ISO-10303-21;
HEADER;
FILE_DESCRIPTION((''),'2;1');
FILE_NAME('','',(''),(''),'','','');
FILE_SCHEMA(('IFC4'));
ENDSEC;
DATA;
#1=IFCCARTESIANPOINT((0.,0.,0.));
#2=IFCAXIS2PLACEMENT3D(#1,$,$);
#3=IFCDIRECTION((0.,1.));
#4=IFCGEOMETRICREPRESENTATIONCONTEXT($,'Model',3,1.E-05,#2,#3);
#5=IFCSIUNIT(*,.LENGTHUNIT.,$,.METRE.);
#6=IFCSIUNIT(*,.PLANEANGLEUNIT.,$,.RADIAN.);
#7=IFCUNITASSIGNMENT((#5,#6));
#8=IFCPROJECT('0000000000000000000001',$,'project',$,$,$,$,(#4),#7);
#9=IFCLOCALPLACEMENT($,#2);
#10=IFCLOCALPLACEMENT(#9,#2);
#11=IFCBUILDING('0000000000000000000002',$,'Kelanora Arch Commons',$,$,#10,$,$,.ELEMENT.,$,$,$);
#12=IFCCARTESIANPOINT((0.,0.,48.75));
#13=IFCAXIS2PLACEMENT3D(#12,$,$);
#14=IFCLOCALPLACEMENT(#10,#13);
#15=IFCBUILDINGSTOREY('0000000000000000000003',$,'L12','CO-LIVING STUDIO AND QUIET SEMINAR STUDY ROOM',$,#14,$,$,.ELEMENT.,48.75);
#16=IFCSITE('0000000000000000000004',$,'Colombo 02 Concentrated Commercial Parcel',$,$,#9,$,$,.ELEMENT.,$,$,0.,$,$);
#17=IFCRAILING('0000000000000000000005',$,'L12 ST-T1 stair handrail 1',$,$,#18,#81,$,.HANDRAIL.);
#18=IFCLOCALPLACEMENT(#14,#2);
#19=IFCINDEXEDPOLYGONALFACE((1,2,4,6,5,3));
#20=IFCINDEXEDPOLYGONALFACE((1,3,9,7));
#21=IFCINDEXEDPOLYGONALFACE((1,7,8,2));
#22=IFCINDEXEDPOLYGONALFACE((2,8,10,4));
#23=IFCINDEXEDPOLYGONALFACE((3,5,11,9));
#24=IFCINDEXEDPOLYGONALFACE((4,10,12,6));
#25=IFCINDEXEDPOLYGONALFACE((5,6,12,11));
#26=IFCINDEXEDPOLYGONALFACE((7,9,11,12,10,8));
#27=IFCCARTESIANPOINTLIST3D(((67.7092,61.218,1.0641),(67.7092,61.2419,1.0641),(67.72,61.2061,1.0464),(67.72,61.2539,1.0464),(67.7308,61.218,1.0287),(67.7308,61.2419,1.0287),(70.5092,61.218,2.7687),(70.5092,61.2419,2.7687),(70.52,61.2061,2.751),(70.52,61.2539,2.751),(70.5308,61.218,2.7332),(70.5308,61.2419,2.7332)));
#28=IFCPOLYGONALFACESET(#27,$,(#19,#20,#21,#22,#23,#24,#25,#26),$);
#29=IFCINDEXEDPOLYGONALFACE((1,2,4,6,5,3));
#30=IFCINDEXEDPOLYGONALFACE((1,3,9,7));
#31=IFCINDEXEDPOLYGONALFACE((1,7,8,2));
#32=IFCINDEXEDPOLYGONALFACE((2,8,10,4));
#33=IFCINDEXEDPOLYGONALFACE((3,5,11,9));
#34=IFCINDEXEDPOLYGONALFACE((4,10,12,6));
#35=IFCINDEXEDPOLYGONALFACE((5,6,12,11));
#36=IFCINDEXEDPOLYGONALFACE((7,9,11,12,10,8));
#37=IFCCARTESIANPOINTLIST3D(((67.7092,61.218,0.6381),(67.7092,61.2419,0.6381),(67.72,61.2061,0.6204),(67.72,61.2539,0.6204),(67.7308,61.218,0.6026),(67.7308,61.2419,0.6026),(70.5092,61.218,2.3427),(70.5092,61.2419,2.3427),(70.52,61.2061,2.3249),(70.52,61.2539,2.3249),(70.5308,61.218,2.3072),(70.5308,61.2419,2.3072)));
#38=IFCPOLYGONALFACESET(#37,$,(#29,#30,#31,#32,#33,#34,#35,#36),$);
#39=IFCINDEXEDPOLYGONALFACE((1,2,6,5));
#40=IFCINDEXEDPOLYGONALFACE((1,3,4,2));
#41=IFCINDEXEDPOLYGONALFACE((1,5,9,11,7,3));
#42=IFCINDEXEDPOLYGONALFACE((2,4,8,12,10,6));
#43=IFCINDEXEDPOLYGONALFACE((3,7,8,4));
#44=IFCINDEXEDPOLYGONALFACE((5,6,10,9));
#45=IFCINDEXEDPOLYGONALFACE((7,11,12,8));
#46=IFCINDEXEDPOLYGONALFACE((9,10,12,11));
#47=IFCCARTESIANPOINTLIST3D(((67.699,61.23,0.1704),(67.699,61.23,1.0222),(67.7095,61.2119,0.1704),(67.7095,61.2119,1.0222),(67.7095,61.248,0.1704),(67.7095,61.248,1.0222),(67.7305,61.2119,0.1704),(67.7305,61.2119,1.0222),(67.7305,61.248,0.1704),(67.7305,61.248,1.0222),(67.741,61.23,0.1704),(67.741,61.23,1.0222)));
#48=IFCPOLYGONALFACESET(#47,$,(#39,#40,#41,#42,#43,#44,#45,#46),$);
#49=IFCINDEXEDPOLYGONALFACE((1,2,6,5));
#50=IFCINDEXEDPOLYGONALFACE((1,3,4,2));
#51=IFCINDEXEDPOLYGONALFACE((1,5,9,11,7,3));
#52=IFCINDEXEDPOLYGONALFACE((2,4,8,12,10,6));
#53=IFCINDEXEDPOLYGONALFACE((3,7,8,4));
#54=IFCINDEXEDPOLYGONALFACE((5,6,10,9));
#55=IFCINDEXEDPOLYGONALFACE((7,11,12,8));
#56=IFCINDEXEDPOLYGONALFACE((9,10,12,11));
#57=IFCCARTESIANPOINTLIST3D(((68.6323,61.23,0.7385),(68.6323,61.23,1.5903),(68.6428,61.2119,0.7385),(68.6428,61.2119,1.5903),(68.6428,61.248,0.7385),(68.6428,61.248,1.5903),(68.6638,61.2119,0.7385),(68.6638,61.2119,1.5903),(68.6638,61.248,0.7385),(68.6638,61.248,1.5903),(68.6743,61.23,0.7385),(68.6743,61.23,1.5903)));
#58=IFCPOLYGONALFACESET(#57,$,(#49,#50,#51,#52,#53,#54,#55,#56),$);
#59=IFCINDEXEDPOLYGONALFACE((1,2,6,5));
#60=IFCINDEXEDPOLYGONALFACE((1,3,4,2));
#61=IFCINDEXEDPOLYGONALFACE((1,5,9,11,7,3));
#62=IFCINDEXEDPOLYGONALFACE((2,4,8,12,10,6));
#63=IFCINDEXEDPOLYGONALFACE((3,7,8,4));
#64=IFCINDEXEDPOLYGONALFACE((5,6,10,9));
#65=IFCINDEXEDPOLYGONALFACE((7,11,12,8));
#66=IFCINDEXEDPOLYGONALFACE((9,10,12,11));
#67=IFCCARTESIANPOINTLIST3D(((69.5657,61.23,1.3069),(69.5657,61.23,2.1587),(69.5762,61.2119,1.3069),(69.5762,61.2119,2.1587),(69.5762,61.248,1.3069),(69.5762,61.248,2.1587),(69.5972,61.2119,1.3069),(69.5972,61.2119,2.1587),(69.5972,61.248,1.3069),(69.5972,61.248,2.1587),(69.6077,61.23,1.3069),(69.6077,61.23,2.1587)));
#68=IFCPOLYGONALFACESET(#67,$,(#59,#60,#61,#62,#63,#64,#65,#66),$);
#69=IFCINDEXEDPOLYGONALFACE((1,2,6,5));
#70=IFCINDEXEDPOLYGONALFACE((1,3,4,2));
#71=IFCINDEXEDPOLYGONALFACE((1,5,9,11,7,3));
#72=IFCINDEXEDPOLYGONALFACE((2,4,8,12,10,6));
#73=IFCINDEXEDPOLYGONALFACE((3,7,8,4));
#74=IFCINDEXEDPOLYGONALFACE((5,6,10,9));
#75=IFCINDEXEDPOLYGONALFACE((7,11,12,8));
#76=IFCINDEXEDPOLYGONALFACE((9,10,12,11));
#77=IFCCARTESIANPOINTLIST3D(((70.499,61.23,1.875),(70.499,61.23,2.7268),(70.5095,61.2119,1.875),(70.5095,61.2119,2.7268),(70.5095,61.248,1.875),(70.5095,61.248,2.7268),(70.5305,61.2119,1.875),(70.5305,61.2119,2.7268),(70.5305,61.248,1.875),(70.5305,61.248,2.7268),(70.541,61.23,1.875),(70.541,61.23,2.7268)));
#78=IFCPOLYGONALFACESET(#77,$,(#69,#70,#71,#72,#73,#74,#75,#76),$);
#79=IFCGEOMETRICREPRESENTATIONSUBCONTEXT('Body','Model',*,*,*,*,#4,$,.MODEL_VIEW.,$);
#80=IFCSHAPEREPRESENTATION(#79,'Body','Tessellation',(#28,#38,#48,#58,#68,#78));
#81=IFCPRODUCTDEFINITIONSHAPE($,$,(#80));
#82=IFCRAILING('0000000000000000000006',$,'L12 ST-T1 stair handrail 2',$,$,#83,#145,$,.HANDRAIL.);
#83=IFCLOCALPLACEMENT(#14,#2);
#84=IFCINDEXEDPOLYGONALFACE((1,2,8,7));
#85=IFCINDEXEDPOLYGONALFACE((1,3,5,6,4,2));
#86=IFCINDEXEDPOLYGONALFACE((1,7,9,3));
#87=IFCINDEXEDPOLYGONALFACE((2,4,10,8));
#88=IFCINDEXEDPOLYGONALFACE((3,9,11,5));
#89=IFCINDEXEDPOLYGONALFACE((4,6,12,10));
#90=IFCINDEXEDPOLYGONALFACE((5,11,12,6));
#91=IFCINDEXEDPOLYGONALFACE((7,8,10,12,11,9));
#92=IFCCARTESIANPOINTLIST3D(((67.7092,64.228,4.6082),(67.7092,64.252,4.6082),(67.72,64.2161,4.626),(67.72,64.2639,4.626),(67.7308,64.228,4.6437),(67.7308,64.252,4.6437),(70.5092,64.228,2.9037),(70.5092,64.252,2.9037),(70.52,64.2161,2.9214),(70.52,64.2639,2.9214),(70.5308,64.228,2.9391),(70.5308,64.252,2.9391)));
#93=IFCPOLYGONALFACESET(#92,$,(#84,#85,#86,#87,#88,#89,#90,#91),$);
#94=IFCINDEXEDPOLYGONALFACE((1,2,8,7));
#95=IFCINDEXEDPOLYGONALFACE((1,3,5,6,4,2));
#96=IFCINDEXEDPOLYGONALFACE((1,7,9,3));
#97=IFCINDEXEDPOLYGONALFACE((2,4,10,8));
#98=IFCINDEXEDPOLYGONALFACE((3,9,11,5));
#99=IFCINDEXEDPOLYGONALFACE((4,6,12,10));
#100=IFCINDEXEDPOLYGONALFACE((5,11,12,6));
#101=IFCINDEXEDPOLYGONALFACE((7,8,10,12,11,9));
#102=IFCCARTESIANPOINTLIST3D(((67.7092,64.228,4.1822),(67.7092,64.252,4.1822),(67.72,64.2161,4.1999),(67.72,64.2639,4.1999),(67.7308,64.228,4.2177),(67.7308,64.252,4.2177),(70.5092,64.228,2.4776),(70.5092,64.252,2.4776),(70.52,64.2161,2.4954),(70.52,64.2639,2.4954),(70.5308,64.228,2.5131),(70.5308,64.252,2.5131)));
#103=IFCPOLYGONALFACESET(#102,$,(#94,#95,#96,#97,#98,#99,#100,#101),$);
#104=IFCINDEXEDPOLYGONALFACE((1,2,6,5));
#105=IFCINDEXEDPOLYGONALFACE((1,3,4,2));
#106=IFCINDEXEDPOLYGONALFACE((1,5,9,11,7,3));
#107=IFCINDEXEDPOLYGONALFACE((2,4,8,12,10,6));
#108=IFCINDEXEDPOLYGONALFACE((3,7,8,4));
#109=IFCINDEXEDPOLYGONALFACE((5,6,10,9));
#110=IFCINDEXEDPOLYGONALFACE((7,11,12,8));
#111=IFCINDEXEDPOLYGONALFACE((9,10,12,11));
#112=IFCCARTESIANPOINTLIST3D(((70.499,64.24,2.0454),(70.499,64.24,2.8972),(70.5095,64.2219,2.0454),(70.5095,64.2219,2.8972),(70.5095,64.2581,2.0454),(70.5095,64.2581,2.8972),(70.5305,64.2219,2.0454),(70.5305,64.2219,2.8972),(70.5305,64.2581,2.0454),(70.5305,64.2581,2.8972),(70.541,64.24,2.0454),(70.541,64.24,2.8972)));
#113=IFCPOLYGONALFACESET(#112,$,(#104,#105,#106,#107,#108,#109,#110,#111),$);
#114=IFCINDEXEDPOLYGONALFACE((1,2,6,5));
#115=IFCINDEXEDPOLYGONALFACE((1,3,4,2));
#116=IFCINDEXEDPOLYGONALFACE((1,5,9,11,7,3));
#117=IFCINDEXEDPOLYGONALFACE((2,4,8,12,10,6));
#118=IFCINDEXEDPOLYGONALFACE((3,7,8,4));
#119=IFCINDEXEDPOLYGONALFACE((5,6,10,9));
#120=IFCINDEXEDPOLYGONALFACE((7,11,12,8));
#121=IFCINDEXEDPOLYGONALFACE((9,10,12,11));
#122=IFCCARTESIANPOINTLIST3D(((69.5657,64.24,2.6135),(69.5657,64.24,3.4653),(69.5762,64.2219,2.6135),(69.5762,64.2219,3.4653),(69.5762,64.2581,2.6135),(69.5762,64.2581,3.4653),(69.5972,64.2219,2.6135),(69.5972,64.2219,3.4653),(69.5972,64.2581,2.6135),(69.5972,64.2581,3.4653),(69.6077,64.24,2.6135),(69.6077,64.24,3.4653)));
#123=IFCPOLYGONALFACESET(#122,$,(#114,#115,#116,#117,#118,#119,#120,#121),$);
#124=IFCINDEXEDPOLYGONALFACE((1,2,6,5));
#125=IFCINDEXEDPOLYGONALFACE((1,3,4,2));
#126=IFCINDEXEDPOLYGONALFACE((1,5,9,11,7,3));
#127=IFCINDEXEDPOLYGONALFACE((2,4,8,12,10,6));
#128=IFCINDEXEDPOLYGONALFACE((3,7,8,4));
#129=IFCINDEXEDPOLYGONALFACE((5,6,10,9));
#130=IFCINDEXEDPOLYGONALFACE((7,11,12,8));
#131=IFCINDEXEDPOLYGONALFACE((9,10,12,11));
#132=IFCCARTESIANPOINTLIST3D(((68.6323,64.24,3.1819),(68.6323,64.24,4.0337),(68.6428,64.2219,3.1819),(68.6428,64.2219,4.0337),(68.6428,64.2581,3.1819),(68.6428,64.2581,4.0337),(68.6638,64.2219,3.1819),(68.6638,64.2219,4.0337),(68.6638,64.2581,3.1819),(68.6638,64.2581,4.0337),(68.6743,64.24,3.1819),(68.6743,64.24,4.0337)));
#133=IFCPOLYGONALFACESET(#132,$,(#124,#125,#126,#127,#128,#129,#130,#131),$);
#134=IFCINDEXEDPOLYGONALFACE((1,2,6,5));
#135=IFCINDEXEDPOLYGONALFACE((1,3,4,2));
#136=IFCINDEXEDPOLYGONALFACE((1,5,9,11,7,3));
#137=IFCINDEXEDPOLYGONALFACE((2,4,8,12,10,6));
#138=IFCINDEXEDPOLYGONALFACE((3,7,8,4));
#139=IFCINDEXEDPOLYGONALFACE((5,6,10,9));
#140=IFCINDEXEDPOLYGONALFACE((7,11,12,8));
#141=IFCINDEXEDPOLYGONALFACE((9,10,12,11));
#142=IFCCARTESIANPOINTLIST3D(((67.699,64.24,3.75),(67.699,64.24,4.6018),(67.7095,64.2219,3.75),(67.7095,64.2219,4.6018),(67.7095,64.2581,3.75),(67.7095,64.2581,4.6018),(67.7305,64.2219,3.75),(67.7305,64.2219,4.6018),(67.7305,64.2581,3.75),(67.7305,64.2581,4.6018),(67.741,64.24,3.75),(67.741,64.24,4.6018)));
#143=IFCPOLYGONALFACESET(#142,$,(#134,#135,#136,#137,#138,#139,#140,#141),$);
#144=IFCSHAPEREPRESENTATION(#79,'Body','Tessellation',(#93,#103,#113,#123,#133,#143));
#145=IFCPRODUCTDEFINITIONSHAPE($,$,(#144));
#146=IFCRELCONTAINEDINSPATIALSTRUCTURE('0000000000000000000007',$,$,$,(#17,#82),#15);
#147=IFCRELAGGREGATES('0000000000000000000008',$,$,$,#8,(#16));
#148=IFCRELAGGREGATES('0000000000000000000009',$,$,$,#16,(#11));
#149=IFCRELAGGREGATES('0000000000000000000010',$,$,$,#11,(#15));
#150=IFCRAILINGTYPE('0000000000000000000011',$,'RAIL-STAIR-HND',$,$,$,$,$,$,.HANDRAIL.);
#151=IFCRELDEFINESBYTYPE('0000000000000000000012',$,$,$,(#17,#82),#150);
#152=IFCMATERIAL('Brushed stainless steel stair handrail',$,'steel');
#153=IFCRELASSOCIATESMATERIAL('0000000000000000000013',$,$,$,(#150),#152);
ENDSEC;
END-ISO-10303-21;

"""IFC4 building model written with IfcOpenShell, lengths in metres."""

from ifc_helpers import new_model, si_unit, direction, frame, origin, place, context, subcontext, project, spatial, polyline, outline, extrude, material, type_object, element, save


model = new_model("IFC4")

# Units and contexts
model_context = context("Model", 3, precision=1e-05, world=origin(), true_north=direction((0.0, 1.0)))
body_context = subcontext(model_context, "Body", "Model", "MODEL_VIEW")
ifc_project = project(units=[si_unit("LENGTHUNIT", "METRE"), si_unit("PLANEANGLEUNIT", "RADIAN")], contexts=[model_context])

# Site, building, storey
site_placement = place(None, origin())
site = spatial("IfcSite", under=ifc_project, at=site_placement, Name="Colombo 02 Concentrated Commercial Parcel", CompositionType="ELEMENT", RefElevation=0.0)
building_placement = place(site_placement, origin())
building = spatial("IfcBuilding", under=site, at=building_placement, Name="Kelanora Arch Commons", CompositionType="ELEMENT")
storey_placement = place(building_placement, frame((0.0, 0.0, 48.75)))
storey = spatial("IfcBuildingStorey", under=building, at=storey_placement, Name="L12", Description="CO-LIVING STUDIO AND QUIET SEMINAR STUDY ROOM", CompositionType="ELEMENT", Elevation=48.75)

# Railings
ifc_material_1 = material(Name="Brushed stainless steel stair handrail", Category="steel")
railing_type_1 = type_object("IfcRailingType", Name="RAIL-STAIR-HND", PredefinedType="HANDRAIL", material=ifc_material_1)
railing_1_placement = place(storey_placement, frame((67.72, 61.23, 0.1704)))
element("IfcRailing", 1, at=railing_1_placement, inside=storey, type_object=railing_type_1, Name="L12 ST-T1 stair handrail 1", PredefinedType="HANDRAIL", context=body_context, shape_type="SweptSolid", body=[
    extrude(outline(polyline([(0.0239, 0.0), (0.012, 0.0208), (-0.012, 0.0208), (-0.0239, 0.0), (-0.012, -0.0208), (0.012, -0.0208), (0.0239, 0.0)])), frame((0.0, 0.0, 0.876), z_axis=(0.85417, 0.0, 0.519994), x_axis=(0.0, 1.0, 0.0)), (0.0, 0.0, 1.0), 3.2781),
    extrude(outline(polyline([(0.0239, 0.0), (0.012, 0.0208), (-0.012, 0.0208), (-0.0239, 0.0), (-0.012, -0.0208), (0.012, -0.0208), (0.0239, 0.0)])), frame((0.0, 0.0, 0.45), z_axis=(0.85417, 0.0, 0.519994), x_axis=(0.0, 1.0, 0.0)), (0.0, 0.0, 1.0), 3.2781),
    extrude(outline(polyline([(0.021, 0.0), (0.0105, 0.0181), (-0.0105, 0.0181), (-0.021, 0.0), (-0.0105, -0.0181), (0.0105, -0.0181), (0.021, 0.0)])), origin(), (0.0, 0.0, 1.0), 0.8518),
    extrude(outline(polyline([(0.021, 0.0), (0.0105, 0.0181), (-0.0105, 0.0181), (-0.021, 0.0), (-0.0105, -0.0181), (0.0105, -0.0181), (0.021, 0.0)])), frame((0.9333, 0.0, 0.5681)), (0.0, 0.0, 1.0), 0.8518),
    extrude(outline(polyline([(0.021, 0.0), (0.0105, 0.0181), (-0.0105, 0.0181), (-0.021, 0.0), (-0.0105, -0.0181), (0.0105, -0.0181), (0.021, 0.0)])), frame((1.8667, 0.0, 1.1365)), (0.0, 0.0, 1.0), 0.8518),
    extrude(outline(polyline([(0.021, 0.0), (0.0105, 0.0181), (-0.0105, 0.0181), (-0.021, 0.0), (-0.0105, -0.0181), (0.0105, -0.0181), (0.021, 0.0)])), frame((2.8, 0.0, 1.7046)), (0.0, 0.0, 1.0), 0.8518),
])
railing_2_placement = place(storey_placement, frame((70.52, 64.24, 2.0454)))
element("IfcRailing", 2, at=railing_2_placement, inside=storey, type_object=railing_type_1, Name="L12 ST-T1 stair handrail 2", PredefinedType="HANDRAIL", context=body_context, shape_type="SweptSolid", body=[
    extrude(outline(polyline([(0.0239, 0.0), (0.012, 0.0208), (-0.012, 0.0208), (-0.0239, 0.0), (-0.012, -0.0208), (0.012, -0.0208), (0.0239, 0.0)])), frame((0.0, 0.0, 0.876), z_axis=(-0.85417, 0.0, 0.519994), x_axis=(0.0, -1.0, 0.0)), (0.0, 0.0, 1.0), 3.2781),
    extrude(outline(polyline([(0.0239, 0.0), (0.012, 0.0208), (-0.012, 0.0208), (-0.0239, 0.0), (-0.012, -0.0208), (0.012, -0.0208), (0.0239, 0.0)])), frame((0.0, 0.0, 0.45), z_axis=(-0.85417, 0.0, 0.519994), x_axis=(0.0, -1.0, 0.0)), (0.0, 0.0, 1.0), 3.2781),
    extrude(outline(polyline([(0.021, 0.0), (0.0105, 0.0181), (-0.0105, 0.0181), (-0.021, 0.0), (-0.0105, -0.0181), (0.0105, -0.0181), (0.021, 0.0)])), origin(), (0.0, 0.0, 1.0), 0.8518),
    extrude(outline(polyline([(0.021, 0.0), (0.0105, 0.0181), (-0.0105, 0.0181), (-0.021, 0.0), (-0.0105, -0.0181), (0.0105, -0.0181), (0.021, 0.0)])), frame((-0.9333, 0.0, 0.5681)), (0.0, 0.0, 1.0), 0.8518),
    extrude(outline(polyline([(0.021, 0.0), (0.0105, 0.0181), (-0.0105, 0.0181), (-0.021, 0.0), (-0.0105, -0.0181), (0.0105, -0.0181), (0.021, 0.0)])), frame((-1.8667, 0.0, 1.1365)), (0.0, 0.0, 1.0), 0.8518),
    extrude(outline(polyline([(0.021, 0.0), (0.0105, 0.0181), (-0.0105, 0.0181), (-0.021, 0.0), (-0.0105, -0.0181), (0.0105, -0.0181), (0.021, 0.0)])), frame((-2.8, 0.0, 1.7046)), (0.0, 0.0, 1.0), 0.8518),
])

save(model, "model.ifc")
